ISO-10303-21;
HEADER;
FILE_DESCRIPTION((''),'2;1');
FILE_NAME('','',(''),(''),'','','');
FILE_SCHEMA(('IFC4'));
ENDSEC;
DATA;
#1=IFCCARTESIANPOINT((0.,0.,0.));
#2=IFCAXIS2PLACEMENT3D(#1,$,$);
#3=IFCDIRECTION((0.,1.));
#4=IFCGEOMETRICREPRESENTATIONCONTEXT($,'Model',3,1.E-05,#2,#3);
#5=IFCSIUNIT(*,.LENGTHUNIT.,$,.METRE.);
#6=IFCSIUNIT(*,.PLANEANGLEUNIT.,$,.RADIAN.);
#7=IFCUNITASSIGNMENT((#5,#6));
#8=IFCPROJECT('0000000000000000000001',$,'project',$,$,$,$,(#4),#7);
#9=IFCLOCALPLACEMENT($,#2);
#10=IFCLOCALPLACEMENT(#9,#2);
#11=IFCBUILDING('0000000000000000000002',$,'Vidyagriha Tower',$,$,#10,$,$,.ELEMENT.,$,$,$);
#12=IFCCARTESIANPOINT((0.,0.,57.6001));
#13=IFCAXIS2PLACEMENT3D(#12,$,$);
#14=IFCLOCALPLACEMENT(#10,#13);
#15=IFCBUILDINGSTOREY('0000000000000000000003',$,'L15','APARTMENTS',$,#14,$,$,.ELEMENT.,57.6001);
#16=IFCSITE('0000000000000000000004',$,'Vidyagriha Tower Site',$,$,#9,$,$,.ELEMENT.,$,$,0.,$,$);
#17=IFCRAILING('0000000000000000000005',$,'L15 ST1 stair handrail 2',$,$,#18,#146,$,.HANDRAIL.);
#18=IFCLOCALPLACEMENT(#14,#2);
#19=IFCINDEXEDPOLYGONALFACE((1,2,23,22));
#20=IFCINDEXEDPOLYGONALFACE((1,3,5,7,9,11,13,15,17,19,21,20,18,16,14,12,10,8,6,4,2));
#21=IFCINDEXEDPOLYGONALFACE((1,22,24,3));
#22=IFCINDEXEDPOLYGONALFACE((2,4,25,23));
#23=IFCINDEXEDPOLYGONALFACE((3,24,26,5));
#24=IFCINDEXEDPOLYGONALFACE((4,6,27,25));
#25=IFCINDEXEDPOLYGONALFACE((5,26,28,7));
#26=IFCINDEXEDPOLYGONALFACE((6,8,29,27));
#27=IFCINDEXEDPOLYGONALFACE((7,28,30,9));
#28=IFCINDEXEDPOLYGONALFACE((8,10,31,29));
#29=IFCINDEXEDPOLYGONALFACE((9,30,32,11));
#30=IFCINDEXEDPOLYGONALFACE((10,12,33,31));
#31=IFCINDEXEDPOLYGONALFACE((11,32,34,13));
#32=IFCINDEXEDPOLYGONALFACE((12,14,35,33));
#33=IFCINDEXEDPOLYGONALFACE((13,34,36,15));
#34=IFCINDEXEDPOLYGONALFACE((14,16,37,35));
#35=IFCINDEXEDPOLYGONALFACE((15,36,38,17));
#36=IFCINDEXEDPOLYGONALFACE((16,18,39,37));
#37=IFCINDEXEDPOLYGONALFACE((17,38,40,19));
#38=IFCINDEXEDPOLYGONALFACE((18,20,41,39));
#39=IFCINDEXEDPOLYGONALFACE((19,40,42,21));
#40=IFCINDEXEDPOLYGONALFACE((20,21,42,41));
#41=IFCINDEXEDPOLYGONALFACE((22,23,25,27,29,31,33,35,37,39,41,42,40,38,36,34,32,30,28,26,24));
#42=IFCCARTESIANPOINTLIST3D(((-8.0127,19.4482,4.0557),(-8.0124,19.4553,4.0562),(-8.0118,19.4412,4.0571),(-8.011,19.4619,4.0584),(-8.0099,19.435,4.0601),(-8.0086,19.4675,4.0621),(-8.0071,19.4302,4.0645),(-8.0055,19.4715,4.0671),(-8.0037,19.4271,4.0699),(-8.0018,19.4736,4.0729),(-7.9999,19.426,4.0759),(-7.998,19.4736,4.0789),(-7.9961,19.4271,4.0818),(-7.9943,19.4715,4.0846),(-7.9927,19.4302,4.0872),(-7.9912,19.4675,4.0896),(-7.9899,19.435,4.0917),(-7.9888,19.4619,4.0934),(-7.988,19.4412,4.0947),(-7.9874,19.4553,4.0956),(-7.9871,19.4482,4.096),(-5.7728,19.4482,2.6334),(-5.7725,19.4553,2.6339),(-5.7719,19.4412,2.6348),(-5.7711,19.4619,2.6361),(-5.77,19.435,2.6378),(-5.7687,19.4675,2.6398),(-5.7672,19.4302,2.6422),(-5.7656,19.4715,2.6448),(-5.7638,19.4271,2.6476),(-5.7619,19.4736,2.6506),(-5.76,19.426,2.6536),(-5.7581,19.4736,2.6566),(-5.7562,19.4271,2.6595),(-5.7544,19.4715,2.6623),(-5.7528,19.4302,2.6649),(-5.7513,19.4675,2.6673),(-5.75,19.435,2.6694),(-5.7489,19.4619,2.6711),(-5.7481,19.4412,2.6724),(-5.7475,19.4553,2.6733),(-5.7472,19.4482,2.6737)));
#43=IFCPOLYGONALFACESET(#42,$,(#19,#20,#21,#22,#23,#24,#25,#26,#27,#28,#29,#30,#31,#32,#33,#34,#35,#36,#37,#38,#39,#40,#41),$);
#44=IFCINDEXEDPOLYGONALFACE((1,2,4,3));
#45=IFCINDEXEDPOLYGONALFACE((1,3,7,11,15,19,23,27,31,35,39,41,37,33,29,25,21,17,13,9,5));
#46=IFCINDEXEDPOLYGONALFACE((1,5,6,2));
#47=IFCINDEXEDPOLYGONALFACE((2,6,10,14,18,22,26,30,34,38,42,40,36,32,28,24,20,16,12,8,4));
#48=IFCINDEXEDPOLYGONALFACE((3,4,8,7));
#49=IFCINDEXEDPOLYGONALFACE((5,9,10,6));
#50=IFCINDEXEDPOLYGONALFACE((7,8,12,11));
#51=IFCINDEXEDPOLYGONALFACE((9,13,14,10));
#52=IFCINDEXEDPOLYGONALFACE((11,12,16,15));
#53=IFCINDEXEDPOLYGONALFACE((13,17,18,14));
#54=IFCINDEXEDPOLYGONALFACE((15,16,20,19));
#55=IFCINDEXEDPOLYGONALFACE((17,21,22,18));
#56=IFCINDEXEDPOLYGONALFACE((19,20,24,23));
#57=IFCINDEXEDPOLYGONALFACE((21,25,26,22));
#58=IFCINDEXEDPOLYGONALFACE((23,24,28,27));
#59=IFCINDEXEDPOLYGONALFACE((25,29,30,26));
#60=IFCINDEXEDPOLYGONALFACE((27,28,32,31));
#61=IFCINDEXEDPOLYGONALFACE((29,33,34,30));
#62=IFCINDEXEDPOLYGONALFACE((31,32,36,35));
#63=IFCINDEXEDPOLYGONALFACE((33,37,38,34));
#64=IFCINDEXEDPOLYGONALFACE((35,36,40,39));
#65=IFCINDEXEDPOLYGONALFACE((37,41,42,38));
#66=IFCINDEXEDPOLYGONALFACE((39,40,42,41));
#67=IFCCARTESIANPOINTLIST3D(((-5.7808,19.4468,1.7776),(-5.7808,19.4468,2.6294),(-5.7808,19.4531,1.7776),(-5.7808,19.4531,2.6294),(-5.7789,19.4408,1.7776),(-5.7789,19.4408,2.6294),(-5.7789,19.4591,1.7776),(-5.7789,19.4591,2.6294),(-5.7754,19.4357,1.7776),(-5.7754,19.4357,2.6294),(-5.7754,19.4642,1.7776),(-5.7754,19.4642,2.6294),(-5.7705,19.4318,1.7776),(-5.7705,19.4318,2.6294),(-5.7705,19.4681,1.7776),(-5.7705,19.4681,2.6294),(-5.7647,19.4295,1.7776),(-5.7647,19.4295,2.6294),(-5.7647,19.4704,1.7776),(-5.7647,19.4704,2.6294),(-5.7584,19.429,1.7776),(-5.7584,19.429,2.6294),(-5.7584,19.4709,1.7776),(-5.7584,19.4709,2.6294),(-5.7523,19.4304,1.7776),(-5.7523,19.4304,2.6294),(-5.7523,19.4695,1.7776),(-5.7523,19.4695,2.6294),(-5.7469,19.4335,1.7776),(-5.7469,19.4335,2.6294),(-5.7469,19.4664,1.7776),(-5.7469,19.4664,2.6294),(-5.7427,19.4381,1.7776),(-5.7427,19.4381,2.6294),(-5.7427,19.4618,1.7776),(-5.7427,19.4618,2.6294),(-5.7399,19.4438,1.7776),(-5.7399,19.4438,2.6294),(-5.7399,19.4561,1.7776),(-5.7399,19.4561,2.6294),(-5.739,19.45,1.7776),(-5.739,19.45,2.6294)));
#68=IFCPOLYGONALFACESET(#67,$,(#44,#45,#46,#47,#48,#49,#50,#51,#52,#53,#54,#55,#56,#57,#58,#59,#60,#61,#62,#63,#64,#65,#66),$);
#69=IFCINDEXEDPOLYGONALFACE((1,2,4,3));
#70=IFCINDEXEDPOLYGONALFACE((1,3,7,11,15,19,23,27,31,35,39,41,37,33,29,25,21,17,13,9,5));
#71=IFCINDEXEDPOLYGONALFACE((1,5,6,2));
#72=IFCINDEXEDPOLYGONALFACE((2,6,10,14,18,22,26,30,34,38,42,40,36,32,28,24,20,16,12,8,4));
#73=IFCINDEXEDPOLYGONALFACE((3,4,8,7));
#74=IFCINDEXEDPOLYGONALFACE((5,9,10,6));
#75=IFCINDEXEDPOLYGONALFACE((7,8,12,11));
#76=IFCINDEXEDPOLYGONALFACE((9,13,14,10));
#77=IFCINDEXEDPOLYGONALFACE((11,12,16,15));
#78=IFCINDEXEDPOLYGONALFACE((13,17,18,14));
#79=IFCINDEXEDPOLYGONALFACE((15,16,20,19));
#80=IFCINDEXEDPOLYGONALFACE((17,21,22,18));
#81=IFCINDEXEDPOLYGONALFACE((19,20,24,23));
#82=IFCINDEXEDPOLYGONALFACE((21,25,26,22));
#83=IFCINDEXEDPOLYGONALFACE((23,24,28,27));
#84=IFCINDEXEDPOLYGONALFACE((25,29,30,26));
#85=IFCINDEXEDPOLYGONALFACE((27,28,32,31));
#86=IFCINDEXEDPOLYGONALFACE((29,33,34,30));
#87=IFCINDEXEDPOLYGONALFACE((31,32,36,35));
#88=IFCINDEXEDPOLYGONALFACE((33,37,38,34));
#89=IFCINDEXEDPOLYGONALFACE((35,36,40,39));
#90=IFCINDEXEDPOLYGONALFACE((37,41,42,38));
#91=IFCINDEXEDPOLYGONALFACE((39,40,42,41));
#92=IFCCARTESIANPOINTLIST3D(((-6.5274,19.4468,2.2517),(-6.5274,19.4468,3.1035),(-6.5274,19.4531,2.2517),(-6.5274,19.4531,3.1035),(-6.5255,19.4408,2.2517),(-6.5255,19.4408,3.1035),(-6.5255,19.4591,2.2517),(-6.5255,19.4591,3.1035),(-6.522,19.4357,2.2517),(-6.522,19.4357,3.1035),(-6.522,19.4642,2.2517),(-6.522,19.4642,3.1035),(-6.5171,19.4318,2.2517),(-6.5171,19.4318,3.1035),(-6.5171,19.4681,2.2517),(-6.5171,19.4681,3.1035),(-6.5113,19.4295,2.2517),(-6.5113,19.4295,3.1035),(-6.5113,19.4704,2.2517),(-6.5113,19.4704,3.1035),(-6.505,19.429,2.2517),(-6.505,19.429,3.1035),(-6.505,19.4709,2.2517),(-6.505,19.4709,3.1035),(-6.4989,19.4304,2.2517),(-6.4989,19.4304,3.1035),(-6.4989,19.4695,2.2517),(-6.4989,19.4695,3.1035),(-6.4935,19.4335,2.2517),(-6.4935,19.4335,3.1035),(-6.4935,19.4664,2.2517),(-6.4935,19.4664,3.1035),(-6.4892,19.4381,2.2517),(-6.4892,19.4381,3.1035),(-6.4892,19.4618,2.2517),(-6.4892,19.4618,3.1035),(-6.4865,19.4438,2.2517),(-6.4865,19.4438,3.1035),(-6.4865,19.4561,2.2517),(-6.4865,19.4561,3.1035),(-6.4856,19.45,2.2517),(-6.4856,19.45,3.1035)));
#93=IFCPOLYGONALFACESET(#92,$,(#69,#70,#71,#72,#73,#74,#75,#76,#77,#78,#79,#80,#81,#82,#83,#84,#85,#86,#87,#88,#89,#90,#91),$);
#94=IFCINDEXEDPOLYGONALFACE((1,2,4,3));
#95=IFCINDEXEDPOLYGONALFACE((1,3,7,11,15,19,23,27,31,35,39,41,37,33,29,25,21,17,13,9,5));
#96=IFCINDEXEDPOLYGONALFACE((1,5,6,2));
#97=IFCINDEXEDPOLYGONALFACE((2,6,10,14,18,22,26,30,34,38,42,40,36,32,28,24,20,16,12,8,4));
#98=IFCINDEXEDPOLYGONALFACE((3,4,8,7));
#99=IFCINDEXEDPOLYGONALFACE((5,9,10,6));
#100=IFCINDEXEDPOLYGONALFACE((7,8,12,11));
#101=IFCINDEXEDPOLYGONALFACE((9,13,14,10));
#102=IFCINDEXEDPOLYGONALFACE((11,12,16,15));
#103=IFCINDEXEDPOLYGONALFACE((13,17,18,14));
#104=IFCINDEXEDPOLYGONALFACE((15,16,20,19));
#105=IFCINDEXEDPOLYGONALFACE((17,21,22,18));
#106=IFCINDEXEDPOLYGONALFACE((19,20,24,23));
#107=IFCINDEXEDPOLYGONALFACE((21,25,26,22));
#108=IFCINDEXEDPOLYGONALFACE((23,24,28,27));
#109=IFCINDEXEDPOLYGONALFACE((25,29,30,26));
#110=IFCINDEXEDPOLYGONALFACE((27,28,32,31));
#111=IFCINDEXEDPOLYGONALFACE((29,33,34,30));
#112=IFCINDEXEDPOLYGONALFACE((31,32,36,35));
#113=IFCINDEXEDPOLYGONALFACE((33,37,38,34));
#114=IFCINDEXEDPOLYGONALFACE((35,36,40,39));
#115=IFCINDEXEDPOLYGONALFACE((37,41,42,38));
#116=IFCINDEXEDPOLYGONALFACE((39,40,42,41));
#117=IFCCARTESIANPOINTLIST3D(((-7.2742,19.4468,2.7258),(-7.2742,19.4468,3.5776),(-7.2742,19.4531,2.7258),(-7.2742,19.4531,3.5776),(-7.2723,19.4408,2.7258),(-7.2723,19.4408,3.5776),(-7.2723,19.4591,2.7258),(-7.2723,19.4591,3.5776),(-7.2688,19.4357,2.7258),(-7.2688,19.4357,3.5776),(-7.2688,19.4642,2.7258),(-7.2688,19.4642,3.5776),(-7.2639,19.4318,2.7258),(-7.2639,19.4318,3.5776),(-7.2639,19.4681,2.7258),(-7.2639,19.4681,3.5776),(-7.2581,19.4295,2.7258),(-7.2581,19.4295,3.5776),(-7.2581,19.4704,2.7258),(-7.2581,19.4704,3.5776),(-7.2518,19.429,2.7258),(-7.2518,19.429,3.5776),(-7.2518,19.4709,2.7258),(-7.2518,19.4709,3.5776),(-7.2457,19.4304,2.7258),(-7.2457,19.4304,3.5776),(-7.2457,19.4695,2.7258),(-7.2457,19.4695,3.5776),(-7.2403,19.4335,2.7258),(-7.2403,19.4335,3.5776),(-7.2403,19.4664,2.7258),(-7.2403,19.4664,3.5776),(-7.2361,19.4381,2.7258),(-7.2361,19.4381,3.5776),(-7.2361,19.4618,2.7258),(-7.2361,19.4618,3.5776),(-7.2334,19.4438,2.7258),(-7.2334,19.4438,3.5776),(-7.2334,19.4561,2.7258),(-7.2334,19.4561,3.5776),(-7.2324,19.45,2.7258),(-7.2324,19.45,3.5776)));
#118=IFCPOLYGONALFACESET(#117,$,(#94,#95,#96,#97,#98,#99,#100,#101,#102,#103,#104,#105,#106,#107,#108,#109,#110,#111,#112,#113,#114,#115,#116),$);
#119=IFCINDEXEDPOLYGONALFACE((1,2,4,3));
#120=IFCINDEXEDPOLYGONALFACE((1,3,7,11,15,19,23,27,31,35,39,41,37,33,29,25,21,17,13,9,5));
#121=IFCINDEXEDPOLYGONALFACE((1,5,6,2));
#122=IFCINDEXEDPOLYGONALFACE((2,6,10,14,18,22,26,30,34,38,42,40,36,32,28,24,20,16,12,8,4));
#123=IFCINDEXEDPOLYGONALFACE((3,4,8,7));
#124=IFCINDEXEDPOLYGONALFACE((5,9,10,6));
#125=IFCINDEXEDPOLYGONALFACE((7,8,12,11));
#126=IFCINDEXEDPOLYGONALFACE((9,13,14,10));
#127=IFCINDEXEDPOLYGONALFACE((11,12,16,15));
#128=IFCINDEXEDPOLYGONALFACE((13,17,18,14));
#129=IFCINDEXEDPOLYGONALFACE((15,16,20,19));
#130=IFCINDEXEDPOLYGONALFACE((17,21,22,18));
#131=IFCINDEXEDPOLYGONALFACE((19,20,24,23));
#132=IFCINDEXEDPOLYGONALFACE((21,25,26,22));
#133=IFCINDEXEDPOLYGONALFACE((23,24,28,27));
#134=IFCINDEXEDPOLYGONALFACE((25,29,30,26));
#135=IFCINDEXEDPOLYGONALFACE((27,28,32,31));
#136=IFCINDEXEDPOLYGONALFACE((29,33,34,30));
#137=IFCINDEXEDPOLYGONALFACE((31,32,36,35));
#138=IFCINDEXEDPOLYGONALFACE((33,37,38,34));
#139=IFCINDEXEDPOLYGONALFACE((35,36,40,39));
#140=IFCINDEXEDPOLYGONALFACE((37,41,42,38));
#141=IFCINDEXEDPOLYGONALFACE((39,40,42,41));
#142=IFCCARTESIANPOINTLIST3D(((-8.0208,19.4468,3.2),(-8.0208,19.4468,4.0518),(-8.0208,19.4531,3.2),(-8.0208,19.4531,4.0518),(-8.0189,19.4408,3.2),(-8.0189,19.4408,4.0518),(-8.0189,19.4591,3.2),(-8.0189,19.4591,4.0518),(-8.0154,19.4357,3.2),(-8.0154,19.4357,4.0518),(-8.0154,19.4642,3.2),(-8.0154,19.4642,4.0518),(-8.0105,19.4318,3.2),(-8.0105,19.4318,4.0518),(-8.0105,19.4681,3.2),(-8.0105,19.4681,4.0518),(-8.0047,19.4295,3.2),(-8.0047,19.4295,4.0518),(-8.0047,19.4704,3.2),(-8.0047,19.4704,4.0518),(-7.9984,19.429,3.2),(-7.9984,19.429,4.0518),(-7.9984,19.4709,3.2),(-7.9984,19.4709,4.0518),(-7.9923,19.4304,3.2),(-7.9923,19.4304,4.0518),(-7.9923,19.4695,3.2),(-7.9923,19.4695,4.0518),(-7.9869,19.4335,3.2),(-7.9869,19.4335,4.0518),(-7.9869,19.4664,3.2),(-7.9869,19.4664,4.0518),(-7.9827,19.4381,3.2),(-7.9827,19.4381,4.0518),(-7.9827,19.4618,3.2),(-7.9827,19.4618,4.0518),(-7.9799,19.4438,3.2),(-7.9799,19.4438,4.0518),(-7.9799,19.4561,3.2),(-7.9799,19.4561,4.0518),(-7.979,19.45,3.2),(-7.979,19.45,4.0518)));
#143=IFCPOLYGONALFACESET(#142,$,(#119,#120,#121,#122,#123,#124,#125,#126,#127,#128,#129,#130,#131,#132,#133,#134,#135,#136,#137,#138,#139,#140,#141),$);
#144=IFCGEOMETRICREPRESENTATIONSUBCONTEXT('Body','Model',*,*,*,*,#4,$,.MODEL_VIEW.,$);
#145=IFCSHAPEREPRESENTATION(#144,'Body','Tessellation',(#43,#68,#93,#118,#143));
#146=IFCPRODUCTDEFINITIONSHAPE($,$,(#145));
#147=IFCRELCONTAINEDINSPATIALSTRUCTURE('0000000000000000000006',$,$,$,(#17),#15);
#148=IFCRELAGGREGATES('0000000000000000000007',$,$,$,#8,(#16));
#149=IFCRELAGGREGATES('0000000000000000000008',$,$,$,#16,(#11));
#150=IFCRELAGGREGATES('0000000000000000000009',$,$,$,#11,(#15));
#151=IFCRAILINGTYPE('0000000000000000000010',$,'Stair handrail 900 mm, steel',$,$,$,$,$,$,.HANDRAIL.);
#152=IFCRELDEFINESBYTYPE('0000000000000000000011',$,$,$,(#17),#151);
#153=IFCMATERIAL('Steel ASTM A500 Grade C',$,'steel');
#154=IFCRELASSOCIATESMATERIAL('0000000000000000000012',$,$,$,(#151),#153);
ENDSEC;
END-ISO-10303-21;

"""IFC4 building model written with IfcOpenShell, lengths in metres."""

from ifc_helpers import new_model, si_unit, direction, frame, origin, origin_2d, place, context, subcontext, project, spatial, circle, extrude, material, type_object, element, save


model = new_model("IFC4")

# Units and contexts
model_context = context("Model", 3, precision=1e-05, world=origin(), true_north=direction((0.0, 1.0)))
body_context = subcontext(model_context, "Body", "Model", "MODEL_VIEW")
ifc_project = project(units=[si_unit("LENGTHUNIT", "METRE"), si_unit("PLANEANGLEUNIT", "RADIAN")], contexts=[model_context])

# Site, building, storey
site_placement = place(None, origin())
site = spatial("IfcSite", under=ifc_project, at=site_placement, Name="Vidyagriha Tower Site", CompositionType="ELEMENT", RefElevation=0.0)
building_placement = place(site_placement, origin())
building = spatial("IfcBuilding", under=site, at=building_placement, Name="Vidyagriha Tower", CompositionType="ELEMENT")
storey_placement = place(building_placement, frame((0.0, 0.0, 57.6001)))
storey = spatial("IfcBuildingStorey", under=building, at=storey_placement, Name="L15", Description="APARTMENTS", CompositionType="ELEMENT", Elevation=57.6001)

# Railing
ifc_material_1 = material(Name="Steel ASTM A500 Grade C", Category="steel")
railing_type_1 = type_object("IfcRailingType", Name="Stair handrail 900 mm, steel", PredefinedType="HANDRAIL", material=ifc_material_1)
railing_1_placement = place(storey_placement, frame((-5.76, 19.45, 1.7776)))
element("IfcRailing", 1, at=railing_1_placement, inside=storey, type_object=railing_type_1, Name="L15 ST1 stair handrail 2", PredefinedType="HANDRAIL", context=body_context, shape_type="SweptSolid", body=[
    extrude(circle(Radius=0.0239, at=origin_2d()), frame((0.0, 0.0, 0.876), z_axis=(-0.844188, 0.0, 0.536048), x_axis=(0.0, -1.0, 0.0)), (0.0, 0.0, 1.0), 2.6533),
    extrude(circle(Radius=0.021, at=origin_2d()), origin(), (0.0, 0.0, 1.0), 0.8518),
    extrude(circle(Radius=0.021, at=origin_2d()), frame((-0.7466, 0.0, 0.4741)), (0.0, 0.0, 1.0), 0.8518),
    extrude(circle(Radius=0.021, at=origin_2d()), frame((-1.4934, 0.0, 0.9482)), (0.0, 0.0, 1.0), 0.8518),
    extrude(circle(Radius=0.021, at=origin_2d()), frame((-2.24, 0.0, 1.4224)), (0.0, 0.0, 1.0), 0.8518),
])

save(model, "model.ifc")
